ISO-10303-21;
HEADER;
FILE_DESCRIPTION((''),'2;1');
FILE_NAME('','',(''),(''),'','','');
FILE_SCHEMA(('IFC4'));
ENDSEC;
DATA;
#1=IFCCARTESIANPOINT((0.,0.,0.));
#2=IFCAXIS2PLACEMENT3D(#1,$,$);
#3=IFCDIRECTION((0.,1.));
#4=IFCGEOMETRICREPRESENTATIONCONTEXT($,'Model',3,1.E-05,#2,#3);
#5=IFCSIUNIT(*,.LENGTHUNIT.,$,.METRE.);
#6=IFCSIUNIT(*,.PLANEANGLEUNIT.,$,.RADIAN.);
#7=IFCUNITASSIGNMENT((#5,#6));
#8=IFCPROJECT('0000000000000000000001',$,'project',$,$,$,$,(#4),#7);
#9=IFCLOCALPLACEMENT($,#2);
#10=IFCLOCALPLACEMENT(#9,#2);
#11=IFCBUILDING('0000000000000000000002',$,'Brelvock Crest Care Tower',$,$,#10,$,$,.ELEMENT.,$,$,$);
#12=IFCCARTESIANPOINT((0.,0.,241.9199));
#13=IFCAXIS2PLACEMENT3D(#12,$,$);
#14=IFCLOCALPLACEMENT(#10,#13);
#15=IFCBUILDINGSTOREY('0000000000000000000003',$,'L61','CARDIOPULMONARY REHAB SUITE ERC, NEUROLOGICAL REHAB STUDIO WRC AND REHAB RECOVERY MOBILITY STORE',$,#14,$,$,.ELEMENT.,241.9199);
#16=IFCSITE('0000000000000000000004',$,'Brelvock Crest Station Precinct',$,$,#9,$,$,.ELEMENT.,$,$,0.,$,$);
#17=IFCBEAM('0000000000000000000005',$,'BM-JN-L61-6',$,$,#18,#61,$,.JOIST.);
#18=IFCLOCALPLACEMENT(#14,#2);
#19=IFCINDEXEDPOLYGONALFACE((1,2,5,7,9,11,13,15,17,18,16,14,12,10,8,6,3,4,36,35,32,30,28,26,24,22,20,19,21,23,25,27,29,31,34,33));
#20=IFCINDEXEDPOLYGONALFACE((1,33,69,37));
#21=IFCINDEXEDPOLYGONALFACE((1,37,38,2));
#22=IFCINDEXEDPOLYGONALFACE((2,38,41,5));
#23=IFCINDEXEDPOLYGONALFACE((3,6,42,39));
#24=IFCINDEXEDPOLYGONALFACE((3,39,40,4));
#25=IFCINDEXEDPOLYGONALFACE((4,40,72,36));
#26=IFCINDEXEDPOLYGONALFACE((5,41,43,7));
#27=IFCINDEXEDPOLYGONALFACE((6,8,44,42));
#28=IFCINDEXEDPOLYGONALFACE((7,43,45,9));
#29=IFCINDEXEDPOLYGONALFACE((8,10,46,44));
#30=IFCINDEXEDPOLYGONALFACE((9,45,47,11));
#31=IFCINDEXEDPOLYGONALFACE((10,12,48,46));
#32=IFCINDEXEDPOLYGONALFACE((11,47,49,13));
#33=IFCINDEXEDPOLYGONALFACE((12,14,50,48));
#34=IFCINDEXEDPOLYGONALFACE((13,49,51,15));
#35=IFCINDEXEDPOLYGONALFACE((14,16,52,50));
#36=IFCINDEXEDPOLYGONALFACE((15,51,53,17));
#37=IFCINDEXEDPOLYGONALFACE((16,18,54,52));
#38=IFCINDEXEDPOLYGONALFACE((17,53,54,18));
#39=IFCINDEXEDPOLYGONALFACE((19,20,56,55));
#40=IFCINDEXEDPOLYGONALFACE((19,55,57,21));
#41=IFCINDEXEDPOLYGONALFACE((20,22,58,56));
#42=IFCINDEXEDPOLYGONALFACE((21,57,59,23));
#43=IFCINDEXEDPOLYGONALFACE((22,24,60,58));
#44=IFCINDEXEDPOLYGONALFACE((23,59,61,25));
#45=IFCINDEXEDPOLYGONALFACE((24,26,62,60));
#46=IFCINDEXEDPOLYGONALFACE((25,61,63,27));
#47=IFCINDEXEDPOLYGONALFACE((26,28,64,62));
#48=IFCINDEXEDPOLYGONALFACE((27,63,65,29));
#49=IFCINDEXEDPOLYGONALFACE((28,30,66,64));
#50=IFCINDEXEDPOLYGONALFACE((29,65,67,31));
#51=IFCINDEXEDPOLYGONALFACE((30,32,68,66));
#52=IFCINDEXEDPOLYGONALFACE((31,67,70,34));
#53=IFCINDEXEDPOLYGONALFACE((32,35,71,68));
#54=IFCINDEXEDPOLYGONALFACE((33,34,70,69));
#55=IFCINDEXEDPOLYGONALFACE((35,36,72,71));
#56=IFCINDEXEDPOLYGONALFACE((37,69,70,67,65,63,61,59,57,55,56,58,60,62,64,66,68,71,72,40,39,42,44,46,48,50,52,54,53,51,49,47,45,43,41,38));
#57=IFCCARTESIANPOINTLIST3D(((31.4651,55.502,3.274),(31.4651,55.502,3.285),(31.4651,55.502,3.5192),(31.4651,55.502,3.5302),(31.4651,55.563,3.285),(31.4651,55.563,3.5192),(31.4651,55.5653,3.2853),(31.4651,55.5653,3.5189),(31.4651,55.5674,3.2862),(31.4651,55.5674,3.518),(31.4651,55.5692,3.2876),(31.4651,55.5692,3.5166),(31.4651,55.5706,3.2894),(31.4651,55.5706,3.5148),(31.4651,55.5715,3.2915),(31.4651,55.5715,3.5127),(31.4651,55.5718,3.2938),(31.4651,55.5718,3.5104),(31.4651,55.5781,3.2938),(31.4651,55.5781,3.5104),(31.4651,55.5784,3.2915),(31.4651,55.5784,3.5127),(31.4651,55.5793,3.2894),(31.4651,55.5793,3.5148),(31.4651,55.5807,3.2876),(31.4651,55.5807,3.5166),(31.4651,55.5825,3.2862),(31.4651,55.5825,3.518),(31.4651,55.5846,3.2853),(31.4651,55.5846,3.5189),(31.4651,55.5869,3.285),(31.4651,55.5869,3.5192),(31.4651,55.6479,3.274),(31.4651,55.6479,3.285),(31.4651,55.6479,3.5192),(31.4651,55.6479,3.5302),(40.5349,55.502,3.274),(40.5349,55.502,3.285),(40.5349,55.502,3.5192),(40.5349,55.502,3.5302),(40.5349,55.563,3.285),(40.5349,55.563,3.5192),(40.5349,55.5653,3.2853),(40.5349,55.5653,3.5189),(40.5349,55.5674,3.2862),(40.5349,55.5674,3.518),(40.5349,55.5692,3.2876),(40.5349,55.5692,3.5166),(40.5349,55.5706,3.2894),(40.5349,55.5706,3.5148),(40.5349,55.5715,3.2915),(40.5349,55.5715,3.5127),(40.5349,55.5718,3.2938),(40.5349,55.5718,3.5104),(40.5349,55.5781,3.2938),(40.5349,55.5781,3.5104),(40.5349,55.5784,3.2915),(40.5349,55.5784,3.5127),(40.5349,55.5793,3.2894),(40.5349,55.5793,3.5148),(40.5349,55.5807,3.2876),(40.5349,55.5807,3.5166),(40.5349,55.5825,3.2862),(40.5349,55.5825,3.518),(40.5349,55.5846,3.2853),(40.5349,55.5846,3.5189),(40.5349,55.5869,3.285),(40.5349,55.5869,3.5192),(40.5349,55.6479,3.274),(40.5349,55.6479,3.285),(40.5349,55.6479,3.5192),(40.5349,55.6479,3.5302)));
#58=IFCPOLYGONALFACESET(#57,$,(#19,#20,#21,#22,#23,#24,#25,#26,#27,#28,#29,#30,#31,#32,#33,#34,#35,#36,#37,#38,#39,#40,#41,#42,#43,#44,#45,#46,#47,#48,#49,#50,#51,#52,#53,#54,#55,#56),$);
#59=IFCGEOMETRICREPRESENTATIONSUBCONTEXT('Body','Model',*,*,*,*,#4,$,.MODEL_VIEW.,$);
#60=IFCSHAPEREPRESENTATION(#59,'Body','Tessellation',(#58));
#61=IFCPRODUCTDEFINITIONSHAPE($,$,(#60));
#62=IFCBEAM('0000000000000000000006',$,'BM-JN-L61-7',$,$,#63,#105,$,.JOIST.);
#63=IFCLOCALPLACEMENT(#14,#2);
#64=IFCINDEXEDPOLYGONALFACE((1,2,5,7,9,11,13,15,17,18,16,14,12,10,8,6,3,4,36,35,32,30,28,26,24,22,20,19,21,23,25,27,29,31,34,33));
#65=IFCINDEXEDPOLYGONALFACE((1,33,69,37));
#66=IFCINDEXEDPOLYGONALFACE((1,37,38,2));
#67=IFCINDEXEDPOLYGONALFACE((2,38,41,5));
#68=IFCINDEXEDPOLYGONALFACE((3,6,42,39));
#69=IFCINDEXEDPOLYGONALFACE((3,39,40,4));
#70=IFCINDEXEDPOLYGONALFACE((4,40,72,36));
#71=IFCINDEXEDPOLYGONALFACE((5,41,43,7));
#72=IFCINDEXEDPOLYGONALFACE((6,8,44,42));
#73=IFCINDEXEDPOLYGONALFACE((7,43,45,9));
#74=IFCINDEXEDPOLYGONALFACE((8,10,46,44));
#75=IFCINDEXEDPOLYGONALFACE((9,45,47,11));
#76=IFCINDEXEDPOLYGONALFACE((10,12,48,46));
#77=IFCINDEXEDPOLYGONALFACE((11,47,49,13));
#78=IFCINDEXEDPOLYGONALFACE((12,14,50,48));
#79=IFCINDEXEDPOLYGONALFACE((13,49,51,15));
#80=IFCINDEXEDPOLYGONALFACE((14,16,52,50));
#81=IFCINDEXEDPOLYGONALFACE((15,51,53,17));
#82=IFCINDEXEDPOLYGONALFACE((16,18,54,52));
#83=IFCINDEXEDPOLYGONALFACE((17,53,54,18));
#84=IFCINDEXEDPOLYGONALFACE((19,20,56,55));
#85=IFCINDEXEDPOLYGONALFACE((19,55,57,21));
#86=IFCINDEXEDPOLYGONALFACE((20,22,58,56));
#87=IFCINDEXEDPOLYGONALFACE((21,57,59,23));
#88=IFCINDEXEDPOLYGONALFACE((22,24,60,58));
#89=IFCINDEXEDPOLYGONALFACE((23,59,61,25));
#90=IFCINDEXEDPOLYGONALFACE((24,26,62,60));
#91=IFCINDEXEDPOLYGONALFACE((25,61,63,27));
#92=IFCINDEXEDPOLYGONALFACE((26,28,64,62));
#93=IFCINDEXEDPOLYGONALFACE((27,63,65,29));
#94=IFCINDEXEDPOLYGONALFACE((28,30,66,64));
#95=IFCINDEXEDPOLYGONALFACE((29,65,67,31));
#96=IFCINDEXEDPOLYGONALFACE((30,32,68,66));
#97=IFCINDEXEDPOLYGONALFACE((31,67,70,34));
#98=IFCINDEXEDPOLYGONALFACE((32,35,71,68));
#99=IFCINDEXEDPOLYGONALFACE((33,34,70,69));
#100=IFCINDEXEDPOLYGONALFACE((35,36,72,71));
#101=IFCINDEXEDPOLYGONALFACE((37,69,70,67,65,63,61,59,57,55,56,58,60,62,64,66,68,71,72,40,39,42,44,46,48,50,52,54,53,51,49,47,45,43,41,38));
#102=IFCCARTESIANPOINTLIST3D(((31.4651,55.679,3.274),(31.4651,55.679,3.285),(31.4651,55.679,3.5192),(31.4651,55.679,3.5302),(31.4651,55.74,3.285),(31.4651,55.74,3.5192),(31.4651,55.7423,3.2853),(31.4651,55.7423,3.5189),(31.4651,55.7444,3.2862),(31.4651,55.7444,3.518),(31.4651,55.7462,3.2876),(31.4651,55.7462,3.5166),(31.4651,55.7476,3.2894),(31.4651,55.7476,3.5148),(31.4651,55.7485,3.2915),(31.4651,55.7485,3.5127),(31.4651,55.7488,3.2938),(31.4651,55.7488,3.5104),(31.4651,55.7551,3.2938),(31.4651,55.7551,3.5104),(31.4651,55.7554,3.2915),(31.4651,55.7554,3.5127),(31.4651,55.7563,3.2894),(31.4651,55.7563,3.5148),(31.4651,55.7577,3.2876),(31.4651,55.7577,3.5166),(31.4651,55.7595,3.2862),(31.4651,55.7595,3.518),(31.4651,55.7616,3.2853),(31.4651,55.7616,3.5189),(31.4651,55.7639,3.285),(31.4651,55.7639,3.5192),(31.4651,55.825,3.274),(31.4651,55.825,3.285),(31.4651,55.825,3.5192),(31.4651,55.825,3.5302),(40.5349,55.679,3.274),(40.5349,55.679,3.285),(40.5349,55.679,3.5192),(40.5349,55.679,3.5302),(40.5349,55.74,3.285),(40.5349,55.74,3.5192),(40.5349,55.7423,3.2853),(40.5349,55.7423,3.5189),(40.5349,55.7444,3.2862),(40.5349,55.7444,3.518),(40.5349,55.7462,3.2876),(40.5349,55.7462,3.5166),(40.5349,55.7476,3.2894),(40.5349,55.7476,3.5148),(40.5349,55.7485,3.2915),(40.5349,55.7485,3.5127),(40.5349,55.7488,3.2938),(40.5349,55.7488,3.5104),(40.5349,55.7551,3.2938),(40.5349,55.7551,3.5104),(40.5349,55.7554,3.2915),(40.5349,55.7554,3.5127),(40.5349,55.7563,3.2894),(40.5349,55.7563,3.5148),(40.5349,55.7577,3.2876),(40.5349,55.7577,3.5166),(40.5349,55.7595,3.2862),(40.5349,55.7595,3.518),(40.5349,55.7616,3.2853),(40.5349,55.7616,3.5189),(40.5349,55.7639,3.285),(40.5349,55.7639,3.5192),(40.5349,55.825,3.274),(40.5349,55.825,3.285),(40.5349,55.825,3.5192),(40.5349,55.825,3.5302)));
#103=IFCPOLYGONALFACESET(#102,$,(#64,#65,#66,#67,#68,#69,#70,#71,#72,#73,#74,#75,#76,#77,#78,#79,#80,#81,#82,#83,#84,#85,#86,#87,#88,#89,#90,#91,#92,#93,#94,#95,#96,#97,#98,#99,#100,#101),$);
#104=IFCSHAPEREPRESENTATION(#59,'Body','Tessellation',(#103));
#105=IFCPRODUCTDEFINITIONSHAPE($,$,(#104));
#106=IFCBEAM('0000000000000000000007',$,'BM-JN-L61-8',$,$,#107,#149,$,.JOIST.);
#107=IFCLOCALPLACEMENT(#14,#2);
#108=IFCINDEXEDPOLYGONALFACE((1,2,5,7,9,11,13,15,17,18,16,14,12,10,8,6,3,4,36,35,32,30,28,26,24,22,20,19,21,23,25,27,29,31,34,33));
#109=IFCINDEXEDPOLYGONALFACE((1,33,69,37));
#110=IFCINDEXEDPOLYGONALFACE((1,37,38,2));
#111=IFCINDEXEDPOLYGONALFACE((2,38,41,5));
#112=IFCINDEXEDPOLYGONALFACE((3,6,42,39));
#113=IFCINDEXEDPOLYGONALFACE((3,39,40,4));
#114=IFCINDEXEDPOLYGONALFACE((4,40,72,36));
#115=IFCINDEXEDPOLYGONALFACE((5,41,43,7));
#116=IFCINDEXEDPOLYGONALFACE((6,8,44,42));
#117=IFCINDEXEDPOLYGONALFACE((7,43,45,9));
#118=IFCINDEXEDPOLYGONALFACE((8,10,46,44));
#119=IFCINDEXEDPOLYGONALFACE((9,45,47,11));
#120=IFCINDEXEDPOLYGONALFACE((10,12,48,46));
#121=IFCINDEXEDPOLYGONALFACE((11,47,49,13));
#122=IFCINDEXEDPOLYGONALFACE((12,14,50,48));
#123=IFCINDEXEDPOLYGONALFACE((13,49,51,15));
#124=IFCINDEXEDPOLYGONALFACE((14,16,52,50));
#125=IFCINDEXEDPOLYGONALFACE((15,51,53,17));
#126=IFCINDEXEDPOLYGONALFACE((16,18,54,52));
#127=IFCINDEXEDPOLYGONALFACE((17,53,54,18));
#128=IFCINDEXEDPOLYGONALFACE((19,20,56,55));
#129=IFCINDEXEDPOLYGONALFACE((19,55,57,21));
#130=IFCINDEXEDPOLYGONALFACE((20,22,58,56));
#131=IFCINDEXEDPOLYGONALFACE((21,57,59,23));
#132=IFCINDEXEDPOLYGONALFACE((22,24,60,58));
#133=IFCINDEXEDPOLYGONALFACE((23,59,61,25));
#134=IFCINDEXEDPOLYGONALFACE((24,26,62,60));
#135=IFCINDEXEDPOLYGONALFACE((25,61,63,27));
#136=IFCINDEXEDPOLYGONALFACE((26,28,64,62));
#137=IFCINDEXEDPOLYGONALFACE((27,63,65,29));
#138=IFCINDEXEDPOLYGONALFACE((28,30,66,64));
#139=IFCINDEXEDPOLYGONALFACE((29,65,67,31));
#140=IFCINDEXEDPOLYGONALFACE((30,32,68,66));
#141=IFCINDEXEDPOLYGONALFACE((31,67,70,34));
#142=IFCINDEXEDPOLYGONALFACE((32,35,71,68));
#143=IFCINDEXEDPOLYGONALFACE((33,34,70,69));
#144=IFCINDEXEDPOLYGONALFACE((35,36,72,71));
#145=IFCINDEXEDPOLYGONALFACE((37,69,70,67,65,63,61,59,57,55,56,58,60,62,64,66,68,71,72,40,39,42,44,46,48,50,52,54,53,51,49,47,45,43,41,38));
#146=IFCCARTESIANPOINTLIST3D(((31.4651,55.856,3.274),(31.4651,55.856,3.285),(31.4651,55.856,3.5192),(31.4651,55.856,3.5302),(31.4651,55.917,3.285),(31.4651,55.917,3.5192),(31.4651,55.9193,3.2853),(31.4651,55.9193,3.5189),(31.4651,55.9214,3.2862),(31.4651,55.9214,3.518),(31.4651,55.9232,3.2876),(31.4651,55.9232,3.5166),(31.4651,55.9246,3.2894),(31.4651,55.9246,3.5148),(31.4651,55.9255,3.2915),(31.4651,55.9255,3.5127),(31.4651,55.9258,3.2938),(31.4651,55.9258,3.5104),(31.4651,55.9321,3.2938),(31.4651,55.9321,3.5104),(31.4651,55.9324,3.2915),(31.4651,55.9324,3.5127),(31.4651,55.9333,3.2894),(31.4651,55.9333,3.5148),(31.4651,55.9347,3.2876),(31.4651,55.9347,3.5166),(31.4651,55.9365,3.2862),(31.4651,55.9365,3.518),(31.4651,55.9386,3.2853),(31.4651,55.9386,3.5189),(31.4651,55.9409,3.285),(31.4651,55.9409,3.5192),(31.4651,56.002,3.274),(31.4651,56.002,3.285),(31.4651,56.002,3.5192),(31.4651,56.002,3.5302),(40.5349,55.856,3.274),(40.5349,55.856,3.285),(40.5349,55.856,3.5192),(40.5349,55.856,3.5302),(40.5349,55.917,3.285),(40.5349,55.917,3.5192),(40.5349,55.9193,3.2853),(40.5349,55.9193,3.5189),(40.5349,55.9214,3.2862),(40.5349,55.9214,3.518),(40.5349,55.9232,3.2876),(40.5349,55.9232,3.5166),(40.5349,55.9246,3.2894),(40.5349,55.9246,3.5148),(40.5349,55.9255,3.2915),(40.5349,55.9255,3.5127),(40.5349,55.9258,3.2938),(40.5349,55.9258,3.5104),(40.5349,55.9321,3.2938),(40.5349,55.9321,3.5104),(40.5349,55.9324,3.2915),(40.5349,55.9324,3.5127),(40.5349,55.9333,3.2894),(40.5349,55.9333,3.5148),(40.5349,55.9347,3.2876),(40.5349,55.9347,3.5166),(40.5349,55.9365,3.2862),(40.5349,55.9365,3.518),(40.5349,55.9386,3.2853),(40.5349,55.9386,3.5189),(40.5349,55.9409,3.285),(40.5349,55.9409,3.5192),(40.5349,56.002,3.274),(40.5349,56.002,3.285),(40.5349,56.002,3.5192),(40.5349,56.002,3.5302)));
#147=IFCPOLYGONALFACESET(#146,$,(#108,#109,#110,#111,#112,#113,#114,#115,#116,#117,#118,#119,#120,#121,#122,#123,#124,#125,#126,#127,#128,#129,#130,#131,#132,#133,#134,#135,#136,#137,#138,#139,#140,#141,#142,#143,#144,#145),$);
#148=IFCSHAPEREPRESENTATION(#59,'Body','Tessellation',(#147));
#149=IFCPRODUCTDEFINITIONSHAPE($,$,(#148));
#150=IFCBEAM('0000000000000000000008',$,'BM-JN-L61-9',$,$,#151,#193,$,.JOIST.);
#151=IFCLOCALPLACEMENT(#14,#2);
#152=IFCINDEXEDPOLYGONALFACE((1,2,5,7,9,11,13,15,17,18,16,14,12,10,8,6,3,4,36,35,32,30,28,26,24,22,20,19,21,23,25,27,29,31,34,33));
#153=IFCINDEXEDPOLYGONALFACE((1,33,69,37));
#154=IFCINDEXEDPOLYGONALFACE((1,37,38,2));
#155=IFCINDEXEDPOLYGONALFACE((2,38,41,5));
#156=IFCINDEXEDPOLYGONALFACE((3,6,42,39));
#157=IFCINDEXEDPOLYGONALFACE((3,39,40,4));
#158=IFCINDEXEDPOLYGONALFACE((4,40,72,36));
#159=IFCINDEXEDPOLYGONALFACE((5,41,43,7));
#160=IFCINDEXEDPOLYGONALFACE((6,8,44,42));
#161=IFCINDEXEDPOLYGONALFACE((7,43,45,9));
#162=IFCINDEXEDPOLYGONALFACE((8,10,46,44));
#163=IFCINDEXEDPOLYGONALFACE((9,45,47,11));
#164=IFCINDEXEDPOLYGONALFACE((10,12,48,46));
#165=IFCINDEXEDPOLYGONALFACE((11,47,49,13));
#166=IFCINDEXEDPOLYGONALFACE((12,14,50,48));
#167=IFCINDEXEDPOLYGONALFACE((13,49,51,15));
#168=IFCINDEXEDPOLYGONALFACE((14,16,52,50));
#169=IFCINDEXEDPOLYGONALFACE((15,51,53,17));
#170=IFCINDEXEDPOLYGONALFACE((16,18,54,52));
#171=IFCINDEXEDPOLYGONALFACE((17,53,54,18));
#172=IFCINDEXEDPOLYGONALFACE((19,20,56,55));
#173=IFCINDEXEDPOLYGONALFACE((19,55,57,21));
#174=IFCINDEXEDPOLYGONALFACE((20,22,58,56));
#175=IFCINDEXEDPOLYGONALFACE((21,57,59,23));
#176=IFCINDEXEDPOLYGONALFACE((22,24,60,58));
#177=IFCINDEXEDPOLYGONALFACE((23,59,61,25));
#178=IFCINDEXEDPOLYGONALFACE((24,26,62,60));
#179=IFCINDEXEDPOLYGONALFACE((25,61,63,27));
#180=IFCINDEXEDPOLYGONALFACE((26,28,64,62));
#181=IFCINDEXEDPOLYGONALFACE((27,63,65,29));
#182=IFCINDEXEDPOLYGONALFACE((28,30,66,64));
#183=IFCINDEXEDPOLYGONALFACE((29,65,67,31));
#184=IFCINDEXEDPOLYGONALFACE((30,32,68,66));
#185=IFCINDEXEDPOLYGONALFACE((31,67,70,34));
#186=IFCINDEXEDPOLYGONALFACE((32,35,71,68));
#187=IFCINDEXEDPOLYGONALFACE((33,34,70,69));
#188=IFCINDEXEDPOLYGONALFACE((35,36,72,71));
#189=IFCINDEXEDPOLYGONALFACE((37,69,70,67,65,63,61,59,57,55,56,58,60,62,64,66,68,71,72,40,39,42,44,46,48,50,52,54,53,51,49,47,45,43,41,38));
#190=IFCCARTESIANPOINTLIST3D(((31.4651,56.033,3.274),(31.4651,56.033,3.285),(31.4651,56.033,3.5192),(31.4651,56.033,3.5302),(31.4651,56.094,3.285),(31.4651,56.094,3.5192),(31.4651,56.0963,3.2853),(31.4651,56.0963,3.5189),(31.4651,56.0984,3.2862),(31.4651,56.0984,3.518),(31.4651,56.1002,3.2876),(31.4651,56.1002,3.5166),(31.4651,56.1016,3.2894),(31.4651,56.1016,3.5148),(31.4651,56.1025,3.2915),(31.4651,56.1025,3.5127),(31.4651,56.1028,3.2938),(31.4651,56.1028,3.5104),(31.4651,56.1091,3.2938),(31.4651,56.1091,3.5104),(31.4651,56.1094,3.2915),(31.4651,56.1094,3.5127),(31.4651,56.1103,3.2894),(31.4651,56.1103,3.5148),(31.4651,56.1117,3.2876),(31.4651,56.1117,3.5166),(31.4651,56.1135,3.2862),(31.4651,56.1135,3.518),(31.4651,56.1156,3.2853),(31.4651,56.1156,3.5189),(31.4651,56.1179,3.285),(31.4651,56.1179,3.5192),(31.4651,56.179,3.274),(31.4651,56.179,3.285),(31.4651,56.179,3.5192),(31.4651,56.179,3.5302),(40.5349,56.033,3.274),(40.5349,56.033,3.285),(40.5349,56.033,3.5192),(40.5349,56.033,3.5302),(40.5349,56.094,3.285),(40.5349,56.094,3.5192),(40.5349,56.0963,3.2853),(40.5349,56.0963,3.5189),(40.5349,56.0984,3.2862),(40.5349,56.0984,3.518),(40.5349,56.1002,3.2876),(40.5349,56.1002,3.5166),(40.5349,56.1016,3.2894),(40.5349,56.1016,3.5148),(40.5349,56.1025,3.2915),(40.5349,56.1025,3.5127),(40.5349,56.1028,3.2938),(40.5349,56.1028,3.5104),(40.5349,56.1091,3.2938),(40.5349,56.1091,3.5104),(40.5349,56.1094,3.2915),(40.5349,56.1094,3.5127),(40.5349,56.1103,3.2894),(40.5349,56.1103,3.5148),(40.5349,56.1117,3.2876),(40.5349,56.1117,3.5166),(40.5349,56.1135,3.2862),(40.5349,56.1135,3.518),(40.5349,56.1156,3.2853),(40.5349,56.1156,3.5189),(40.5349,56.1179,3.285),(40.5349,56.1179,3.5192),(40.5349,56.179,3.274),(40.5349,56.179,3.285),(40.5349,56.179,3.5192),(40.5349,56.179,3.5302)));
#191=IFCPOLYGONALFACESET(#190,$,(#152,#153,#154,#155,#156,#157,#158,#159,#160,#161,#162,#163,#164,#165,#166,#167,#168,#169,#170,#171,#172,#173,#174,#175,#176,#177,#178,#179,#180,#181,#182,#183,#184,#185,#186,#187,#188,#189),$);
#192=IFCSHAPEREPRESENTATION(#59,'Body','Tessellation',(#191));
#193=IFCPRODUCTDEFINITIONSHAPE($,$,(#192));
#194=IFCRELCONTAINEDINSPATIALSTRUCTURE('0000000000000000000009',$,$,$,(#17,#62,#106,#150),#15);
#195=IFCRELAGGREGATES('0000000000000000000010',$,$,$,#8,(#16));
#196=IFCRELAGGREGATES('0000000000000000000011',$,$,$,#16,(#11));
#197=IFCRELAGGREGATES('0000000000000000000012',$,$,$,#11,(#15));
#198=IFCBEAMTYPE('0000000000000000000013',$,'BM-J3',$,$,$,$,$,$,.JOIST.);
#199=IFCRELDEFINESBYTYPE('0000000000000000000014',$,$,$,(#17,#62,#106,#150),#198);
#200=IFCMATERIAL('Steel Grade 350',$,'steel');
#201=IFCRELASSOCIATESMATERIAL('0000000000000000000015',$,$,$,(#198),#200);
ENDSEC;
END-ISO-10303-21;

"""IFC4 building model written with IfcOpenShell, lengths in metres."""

from ifc_helpers import new_model, si_unit, direction, frame, origin, origin_2d, place, context, subcontext, project, spatial, i_section, extrude, source, transform, mapped, material, material_profile, profile_set, type_object, element, save


model = new_model("IFC4")

# Units and contexts
model_context = context("Model", 3, precision=1e-05, world=origin(), true_north=direction((0.0, 1.0)))
body_context = subcontext(model_context, "Body", "Model", "MODEL_VIEW")
ifc_project = project(units=[si_unit("LENGTHUNIT", "METRE"), si_unit("PLANEANGLEUNIT", "RADIAN")], contexts=[model_context])

# Site, building, storey
site_placement = place(None, origin())
site = spatial("IfcSite", under=ifc_project, at=site_placement, Name="Brelvock Crest Station Precinct", CompositionType="ELEMENT", RefElevation=0.0)
building_placement = place(site_placement, origin())
building = spatial("IfcBuilding", under=site, at=building_placement, Name="Brelvock Crest Care Tower", CompositionType="ELEMENT")
storey_placement = place(building_placement, frame((0.0, 0.0, 241.9199)))
storey = spatial("IfcBuildingStorey", under=building, at=storey_placement, Name="L61", Description="CARDIOPULMONARY REHAB SUITE ERC, NEUROLOGICAL REHAB STUDIO WRC AND REHAB RECOVERY MOBILITY STORE", CompositionType="ELEMENT", Elevation=241.9199)

# Shared definitions
ifc_material_1 = material(Name="Steel Grade 350", Category="steel")

# Beams
ifc_material_profile_1 = material_profile(ifc_material_1, i_section(OverallWidth=0.146, OverallDepth=0.2561, WebThickness=0.0063, FlangeThickness=0.011, FilletRadius=0.0088, at=origin_2d()), Name="250UB37.3")
ifc_profile_set_1 = profile_set([ifc_material_profile_1], Name="Steel Grade 350")
beam_type_1 = type_object("IfcBeamType", Name="BM-J3", PredefinedType="JOIST", material=ifc_profile_set_1)
shared_shape_1 = source(origin(), body_context, "Body", "SweptSolid", [
    extrude(i_section(OverallWidth=0.146, OverallDepth=0.2561, WebThickness=0.0063, FlangeThickness=0.011, FilletRadius=0.0088, at=origin_2d()), origin(), (0.0, 0.0, 1.0), 9.0698),
])
for number, where, z_axis, x_axis, name in (
    (1, (31.4651, 55.575, 3.4021), (1.0, 0.0, 0.0), (0.0, 1.0, 0.0), "BM-JN-L61-6"),
    (2, (31.4651, 55.752, 3.4021), (1.0, 0.0, 0.0), (0.0, 1.0, 0.0), "BM-JN-L61-7"),
    (3, (31.4651, 55.929, 3.4021), (1.0, 0.0, 0.0), (0.0, 1.0, 0.0), "BM-JN-L61-8"),
    (4, (31.4651, 56.106, 3.4021), (1.0, 0.0, 0.0), (0.0, 1.0, 0.0), "BM-JN-L61-9"),
):
    element("IfcBeam", number, at=place(storey_placement, frame(where, z_axis=z_axis, x_axis=x_axis)), inside=storey, type_object=beam_type_1, Name=name, PredefinedType="JOIST", context=body_context, shape_type="MappedRepresentation", body=[
        mapped(shared_shape_1, transform((0.0, 0.0, 0.0), x_axis=(1.0, 0.0, 0.0), y_axis=(0.0, 1.0, 0.0), z_axis=(0.0, 0.0, 1.0), scale=1.0)),
    ])

save(model, "model.ifc")
